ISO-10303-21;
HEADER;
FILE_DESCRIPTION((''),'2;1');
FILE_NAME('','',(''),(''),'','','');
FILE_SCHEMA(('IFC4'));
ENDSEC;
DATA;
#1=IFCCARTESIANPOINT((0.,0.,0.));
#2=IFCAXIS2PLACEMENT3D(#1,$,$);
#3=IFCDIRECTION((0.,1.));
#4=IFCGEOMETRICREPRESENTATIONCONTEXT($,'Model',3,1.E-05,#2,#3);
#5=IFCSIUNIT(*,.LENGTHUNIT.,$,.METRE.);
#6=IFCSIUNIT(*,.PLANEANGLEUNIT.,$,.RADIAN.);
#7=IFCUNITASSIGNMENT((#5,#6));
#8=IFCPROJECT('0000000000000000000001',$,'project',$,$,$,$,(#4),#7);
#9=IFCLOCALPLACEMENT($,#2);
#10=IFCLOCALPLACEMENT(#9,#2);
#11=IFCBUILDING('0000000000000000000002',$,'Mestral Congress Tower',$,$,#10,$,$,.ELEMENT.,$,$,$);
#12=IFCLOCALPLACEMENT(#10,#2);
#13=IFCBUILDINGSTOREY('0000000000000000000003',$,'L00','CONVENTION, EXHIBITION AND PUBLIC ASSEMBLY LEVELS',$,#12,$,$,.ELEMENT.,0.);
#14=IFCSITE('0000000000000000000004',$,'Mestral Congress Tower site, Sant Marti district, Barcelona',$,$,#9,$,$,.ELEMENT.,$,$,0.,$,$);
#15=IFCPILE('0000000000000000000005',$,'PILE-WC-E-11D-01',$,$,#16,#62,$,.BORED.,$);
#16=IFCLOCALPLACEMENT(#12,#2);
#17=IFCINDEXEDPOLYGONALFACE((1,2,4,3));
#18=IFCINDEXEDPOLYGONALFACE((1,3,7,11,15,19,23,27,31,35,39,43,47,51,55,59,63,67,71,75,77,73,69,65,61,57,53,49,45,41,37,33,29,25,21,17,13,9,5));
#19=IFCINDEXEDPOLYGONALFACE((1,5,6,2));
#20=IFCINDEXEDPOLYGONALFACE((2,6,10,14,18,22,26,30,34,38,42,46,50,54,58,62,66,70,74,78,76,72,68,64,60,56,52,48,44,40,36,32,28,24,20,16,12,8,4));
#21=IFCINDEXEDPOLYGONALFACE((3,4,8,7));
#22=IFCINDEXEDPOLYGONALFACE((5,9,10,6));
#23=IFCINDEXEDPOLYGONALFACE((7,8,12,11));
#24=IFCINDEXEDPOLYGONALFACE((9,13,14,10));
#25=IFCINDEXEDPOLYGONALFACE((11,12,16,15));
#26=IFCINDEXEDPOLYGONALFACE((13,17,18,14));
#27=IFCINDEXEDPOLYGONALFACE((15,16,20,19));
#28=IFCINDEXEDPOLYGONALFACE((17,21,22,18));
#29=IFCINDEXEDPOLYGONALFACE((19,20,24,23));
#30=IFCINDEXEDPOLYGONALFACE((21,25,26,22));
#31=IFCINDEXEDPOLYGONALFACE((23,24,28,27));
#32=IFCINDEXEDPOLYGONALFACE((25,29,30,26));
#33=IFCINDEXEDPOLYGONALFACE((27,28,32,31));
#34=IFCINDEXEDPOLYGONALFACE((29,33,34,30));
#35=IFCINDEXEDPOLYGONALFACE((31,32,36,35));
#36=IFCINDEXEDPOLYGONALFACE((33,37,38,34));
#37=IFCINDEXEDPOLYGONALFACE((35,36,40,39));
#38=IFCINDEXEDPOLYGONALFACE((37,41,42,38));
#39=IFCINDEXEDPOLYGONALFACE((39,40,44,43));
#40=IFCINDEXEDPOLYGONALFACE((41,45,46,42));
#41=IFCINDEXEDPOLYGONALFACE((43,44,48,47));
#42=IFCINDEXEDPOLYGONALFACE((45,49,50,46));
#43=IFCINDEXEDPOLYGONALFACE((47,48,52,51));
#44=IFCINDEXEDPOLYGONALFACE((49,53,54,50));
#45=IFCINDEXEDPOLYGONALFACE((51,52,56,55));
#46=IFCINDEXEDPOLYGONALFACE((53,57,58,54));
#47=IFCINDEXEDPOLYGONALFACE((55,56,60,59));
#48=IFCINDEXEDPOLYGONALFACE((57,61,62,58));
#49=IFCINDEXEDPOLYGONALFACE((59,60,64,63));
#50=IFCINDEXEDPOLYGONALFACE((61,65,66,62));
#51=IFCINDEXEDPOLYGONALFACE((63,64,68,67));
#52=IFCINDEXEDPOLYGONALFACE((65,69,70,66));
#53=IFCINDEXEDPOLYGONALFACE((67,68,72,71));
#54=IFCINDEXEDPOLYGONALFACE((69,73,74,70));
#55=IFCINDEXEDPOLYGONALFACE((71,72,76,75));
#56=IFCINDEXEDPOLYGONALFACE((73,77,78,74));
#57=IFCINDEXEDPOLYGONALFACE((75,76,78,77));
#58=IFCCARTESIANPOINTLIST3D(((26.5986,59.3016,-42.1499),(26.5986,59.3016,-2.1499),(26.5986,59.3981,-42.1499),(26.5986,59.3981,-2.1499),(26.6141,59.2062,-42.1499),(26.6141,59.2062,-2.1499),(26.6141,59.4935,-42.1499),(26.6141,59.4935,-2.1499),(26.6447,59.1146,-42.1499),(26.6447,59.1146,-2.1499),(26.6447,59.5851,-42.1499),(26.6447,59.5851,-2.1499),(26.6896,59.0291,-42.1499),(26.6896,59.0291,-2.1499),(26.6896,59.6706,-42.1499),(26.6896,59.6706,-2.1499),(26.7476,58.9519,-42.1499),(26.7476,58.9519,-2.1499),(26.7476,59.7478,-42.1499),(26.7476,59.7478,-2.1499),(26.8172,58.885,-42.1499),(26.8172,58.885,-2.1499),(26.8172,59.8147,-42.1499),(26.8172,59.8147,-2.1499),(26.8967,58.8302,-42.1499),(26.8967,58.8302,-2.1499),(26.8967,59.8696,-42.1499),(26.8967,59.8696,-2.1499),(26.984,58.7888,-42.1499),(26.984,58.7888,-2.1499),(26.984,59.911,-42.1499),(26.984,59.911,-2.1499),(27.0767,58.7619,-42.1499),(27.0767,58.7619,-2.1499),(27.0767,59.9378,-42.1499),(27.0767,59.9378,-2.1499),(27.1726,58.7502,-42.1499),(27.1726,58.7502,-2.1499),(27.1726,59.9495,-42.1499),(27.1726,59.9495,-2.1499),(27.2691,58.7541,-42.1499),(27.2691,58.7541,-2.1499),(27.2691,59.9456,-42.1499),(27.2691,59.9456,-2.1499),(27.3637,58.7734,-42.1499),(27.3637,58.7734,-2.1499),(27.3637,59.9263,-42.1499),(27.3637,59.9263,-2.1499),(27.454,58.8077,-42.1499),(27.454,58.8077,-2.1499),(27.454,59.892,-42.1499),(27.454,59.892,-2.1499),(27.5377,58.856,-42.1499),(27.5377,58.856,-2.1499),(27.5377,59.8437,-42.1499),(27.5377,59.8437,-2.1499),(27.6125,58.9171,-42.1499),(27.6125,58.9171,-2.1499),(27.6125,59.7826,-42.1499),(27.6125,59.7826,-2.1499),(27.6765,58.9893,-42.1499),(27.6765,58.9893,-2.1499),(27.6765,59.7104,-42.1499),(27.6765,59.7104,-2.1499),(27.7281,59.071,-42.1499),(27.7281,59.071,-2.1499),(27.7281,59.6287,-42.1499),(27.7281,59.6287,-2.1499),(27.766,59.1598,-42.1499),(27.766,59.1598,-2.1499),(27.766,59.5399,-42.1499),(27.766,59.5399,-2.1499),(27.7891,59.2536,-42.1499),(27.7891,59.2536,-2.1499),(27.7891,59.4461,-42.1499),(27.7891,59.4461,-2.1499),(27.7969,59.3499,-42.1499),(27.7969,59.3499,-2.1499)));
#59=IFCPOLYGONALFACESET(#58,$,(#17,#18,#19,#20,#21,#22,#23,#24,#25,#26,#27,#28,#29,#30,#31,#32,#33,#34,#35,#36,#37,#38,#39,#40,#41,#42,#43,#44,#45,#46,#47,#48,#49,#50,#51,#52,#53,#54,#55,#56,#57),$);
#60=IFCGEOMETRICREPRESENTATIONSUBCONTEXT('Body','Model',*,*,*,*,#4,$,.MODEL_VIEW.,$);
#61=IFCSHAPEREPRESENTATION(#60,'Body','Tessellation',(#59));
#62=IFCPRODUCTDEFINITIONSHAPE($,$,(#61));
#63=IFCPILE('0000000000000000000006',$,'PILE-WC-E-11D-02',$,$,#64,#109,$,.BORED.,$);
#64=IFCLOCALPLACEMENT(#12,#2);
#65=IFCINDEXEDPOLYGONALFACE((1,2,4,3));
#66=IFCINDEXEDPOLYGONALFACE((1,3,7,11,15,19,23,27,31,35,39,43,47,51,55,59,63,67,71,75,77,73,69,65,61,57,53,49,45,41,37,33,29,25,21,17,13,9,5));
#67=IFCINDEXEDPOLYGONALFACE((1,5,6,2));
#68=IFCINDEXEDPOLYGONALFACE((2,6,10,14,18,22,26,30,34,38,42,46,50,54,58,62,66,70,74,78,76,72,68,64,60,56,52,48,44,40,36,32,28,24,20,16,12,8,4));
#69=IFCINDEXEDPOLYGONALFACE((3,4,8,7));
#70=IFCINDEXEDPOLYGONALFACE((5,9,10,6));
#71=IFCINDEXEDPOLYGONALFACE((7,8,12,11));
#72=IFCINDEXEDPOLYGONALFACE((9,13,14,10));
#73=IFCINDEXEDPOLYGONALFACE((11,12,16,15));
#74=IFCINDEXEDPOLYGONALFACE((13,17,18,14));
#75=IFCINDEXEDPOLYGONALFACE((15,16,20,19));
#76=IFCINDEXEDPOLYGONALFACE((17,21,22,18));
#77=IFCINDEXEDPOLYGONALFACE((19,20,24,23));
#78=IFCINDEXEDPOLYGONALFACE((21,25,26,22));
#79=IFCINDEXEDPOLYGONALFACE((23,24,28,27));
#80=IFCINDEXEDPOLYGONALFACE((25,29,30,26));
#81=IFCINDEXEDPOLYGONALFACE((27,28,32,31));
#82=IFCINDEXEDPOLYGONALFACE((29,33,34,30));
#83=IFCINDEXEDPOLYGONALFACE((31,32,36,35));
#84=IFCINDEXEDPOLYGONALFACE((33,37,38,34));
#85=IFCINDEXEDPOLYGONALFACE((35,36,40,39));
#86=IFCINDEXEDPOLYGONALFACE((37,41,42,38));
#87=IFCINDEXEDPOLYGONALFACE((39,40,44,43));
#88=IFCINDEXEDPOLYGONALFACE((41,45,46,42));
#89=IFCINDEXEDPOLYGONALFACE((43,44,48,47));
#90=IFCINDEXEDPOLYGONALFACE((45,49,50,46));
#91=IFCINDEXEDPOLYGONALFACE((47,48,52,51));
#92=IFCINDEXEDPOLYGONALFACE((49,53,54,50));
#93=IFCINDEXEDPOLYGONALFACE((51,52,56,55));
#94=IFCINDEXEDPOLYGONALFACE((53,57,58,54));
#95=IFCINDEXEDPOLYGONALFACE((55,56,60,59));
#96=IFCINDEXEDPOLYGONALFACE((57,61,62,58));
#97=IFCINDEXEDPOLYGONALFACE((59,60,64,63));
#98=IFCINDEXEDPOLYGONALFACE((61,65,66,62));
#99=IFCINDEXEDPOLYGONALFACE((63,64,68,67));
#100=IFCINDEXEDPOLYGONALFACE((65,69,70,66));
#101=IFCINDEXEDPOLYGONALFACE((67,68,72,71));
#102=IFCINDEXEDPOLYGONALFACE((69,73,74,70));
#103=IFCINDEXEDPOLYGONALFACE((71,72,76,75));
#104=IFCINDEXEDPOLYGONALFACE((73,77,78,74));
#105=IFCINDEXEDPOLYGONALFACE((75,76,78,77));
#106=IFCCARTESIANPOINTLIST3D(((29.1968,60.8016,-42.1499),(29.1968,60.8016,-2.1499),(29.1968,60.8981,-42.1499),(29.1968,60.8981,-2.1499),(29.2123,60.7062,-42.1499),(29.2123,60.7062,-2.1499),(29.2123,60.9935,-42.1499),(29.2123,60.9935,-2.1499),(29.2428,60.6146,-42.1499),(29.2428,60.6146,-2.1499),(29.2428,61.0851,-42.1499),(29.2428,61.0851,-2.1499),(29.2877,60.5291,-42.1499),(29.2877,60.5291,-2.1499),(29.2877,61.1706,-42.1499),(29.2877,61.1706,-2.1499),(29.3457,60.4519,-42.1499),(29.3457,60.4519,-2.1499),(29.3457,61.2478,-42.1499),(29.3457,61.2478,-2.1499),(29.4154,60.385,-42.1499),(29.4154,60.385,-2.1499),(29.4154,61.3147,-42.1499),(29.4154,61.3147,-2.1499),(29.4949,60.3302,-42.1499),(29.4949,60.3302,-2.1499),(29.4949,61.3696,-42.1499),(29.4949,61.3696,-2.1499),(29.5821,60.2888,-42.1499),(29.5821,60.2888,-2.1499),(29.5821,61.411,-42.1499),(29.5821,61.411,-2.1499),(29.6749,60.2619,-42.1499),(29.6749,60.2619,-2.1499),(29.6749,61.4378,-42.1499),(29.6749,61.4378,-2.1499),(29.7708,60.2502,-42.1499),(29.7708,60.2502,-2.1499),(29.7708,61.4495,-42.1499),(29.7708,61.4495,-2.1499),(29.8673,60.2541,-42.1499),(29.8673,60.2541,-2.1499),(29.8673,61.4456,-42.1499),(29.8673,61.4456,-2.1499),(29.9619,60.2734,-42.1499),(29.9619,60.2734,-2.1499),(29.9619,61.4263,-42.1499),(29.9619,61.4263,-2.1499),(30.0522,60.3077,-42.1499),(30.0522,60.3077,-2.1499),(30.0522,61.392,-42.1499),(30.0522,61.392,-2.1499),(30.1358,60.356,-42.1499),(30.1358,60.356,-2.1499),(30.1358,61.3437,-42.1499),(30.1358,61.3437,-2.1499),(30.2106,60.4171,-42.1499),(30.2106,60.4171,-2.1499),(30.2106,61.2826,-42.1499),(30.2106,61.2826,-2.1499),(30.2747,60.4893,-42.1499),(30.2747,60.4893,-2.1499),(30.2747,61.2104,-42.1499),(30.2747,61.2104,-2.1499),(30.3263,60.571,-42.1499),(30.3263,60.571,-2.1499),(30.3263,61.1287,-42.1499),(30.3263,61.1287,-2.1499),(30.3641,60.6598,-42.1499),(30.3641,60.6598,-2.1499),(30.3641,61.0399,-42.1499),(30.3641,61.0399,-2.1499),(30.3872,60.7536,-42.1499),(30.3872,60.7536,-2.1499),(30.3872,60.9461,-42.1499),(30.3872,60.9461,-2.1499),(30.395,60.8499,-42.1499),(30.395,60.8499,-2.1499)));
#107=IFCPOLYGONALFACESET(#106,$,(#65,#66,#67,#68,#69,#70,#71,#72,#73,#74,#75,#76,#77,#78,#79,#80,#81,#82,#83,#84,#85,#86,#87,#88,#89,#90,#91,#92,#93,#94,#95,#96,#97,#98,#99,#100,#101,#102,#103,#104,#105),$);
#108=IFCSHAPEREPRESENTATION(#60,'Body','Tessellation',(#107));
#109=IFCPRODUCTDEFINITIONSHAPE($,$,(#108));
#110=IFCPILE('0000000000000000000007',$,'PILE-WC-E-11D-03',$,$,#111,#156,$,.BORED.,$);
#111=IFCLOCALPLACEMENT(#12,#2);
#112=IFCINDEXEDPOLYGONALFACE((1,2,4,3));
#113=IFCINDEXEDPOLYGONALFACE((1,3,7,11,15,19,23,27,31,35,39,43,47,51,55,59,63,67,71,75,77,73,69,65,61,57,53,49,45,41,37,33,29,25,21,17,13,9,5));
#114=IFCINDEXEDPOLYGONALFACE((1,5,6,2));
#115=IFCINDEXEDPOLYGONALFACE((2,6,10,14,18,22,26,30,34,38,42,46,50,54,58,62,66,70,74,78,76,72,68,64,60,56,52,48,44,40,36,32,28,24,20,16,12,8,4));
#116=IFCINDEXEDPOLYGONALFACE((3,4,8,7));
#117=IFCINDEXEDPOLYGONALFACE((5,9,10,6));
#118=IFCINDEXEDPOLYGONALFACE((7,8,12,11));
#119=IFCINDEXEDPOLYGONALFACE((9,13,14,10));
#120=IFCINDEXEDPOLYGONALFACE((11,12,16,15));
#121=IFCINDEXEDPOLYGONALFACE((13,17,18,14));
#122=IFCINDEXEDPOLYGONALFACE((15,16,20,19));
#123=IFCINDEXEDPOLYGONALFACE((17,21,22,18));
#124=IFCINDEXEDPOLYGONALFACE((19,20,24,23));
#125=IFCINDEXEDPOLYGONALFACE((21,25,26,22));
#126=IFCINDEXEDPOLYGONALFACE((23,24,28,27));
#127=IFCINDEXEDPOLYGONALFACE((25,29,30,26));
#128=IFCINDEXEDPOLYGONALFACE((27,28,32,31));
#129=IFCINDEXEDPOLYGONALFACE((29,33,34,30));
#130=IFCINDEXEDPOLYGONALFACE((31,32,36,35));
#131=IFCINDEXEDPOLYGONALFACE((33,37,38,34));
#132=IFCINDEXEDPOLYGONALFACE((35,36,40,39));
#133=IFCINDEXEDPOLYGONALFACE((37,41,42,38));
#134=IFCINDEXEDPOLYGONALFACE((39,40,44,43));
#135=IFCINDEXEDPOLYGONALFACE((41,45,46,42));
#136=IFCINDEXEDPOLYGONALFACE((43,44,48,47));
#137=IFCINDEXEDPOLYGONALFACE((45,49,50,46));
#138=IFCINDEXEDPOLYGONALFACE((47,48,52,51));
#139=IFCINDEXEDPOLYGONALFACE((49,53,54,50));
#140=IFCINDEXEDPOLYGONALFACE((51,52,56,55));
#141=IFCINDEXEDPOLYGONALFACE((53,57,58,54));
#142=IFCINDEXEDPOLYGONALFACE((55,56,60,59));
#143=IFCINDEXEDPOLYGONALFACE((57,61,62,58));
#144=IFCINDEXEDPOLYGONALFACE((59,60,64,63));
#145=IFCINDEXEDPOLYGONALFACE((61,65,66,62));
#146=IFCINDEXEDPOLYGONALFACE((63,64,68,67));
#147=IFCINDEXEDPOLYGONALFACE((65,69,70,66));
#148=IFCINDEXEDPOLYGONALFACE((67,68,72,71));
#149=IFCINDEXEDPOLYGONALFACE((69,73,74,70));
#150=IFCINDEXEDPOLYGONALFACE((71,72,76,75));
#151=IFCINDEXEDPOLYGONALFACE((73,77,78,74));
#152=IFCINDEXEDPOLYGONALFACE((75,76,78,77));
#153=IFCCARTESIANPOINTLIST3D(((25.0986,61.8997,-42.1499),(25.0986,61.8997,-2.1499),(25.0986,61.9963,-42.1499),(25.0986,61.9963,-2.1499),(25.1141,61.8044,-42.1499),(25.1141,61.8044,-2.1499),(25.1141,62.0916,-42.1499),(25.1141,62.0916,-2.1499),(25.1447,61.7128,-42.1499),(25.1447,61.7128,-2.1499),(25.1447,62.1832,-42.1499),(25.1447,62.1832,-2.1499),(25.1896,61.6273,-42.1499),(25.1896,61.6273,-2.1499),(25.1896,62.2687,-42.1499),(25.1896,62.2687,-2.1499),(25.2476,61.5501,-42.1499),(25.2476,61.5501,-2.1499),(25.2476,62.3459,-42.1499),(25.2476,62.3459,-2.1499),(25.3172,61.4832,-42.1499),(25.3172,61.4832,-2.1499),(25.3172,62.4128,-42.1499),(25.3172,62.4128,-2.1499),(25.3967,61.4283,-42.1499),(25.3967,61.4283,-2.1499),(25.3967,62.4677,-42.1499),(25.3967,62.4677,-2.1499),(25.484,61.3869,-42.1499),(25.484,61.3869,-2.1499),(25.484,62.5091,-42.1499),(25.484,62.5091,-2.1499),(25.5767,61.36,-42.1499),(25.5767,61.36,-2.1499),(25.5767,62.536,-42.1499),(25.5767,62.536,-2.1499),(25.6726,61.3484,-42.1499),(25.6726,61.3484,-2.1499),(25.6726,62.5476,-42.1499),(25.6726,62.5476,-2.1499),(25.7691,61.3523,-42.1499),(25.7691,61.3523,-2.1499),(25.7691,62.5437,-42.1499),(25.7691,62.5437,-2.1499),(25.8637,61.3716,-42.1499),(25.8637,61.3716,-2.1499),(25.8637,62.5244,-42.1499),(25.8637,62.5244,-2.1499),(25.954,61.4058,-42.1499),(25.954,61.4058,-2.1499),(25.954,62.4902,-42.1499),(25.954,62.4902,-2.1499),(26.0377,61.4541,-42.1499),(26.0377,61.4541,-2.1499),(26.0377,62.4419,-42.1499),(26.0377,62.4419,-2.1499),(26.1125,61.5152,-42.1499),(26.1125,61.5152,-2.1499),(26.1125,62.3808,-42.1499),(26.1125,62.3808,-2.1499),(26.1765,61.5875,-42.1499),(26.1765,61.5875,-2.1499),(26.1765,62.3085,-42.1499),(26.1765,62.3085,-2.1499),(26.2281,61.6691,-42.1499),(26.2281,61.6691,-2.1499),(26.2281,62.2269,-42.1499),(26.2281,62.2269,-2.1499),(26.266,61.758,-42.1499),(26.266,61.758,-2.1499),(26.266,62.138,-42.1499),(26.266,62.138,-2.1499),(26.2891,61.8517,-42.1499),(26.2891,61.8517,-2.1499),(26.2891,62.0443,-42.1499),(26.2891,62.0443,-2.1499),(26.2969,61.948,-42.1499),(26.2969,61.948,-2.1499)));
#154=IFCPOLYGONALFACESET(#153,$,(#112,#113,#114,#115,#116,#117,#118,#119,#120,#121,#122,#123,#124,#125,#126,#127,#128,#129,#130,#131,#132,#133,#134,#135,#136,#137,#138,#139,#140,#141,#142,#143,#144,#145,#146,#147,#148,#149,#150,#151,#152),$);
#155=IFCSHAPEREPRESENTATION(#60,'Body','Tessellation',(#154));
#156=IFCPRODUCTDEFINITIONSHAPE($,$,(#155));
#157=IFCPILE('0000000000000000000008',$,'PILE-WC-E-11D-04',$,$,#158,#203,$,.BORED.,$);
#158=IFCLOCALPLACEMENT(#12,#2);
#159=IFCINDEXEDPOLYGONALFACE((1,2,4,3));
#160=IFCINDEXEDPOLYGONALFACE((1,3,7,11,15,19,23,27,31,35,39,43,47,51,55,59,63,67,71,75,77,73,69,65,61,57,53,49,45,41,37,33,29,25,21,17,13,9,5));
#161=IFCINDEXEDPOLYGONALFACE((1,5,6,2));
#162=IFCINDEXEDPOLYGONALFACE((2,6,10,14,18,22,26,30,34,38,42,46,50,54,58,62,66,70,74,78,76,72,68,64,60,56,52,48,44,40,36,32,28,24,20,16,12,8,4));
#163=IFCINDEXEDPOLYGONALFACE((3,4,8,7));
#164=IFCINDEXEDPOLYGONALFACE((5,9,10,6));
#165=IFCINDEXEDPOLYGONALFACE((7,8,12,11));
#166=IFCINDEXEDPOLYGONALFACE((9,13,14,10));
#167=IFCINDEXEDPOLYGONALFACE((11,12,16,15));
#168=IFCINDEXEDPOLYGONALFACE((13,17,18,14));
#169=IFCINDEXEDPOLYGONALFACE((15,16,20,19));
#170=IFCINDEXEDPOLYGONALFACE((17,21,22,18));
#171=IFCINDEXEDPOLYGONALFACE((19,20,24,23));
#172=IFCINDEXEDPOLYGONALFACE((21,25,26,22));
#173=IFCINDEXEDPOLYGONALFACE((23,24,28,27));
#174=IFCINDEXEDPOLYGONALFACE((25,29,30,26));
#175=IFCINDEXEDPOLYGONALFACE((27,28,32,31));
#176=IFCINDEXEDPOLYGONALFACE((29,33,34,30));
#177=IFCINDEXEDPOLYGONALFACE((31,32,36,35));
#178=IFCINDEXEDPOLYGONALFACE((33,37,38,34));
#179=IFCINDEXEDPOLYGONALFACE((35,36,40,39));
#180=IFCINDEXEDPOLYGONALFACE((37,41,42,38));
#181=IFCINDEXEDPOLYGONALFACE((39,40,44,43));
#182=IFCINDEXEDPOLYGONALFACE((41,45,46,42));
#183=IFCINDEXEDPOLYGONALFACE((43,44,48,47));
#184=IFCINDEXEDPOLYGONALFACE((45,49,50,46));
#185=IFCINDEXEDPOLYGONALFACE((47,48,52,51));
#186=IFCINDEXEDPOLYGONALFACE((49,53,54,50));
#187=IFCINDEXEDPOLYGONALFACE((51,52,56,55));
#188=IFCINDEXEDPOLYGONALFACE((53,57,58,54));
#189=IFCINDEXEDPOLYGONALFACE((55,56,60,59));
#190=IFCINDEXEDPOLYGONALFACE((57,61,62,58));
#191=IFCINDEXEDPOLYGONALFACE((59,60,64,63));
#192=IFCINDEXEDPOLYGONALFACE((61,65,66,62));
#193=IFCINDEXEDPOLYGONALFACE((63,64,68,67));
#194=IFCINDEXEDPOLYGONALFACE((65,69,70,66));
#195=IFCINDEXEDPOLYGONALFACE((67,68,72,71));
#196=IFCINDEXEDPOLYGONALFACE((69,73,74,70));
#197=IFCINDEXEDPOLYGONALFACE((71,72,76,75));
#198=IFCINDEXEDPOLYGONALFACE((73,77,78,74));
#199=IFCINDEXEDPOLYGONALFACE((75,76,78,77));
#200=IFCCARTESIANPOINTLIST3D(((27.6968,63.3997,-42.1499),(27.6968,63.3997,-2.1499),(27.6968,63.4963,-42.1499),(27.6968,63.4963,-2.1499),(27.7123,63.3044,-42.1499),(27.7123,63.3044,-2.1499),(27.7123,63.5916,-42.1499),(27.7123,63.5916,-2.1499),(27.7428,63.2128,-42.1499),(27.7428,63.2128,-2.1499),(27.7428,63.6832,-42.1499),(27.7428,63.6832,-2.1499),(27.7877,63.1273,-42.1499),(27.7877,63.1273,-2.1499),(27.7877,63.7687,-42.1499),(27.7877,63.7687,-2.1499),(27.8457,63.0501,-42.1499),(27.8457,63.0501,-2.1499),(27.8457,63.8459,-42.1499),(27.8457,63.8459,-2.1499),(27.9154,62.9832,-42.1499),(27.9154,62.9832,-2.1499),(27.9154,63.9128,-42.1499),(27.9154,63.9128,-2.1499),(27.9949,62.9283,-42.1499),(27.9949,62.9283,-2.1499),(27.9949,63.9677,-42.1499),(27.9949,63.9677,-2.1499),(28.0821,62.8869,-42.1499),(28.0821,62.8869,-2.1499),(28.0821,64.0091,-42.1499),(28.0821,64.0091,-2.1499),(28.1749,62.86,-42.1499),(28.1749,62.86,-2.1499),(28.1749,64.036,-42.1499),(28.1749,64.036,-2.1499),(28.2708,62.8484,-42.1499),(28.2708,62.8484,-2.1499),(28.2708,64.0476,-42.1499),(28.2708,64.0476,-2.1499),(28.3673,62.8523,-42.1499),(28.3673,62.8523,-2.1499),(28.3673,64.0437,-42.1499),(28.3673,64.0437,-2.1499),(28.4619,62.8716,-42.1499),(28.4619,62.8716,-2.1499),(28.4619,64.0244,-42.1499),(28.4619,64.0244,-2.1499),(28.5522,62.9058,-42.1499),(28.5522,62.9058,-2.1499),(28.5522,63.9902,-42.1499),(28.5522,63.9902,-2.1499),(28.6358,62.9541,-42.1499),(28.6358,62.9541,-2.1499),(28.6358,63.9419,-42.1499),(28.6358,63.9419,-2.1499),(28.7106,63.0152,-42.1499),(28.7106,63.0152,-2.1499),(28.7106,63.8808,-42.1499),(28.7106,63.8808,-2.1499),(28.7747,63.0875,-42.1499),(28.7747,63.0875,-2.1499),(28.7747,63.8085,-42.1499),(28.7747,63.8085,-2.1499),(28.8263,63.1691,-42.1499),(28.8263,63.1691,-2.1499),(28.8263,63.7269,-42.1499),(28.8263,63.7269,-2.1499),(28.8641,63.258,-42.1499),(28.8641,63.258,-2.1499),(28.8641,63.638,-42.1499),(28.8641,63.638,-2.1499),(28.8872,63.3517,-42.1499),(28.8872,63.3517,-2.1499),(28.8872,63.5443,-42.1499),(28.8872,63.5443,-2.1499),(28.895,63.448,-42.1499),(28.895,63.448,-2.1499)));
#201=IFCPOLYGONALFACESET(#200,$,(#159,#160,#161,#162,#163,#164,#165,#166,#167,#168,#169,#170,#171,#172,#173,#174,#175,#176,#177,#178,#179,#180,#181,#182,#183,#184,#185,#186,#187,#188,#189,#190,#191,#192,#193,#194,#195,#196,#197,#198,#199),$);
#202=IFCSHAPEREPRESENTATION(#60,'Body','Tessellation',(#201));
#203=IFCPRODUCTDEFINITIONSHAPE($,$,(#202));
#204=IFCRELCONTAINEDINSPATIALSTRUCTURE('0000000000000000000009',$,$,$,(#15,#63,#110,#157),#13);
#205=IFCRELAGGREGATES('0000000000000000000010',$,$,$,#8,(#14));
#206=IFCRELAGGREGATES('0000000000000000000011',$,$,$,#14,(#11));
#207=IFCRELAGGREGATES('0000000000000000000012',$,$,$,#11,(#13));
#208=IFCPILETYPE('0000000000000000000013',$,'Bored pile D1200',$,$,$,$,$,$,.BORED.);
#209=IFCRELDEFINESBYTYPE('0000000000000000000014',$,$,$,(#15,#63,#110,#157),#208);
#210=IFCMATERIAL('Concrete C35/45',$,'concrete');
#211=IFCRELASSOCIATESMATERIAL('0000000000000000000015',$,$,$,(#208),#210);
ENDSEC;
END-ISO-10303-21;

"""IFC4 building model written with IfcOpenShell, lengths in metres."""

from ifc_helpers import new_model, si_unit, direction, frame, origin, origin_2d, place, context, subcontext, project, spatial, circle, extrude, material, material_profile, profile_set, type_object, element, save


model = new_model("IFC4")

# Units and contexts
model_context = context("Model", 3, precision=1e-05, world=origin(), true_north=direction((0.0, 1.0)))
body_context = subcontext(model_context, "Body", "Model", "MODEL_VIEW")
ifc_project = project(units=[si_unit("LENGTHUNIT", "METRE"), si_unit("PLANEANGLEUNIT", "RADIAN")], contexts=[model_context])

# Site, building, storey
site_placement = place(None, origin())
site = spatial("IfcSite", under=ifc_project, at=site_placement, Name="Mestral Congress Tower site, Sant Marti district, Barcelona", CompositionType="ELEMENT", RefElevation=0.0)
building_placement = place(site_placement, origin())
building = spatial("IfcBuilding", under=site, at=building_placement, Name="Mestral Congress Tower", CompositionType="ELEMENT")
storey_placement = place(building_placement, origin())
storey = spatial("IfcBuildingStorey", under=building, at=storey_placement, Name="L00", Description="CONVENTION, EXHIBITION AND PUBLIC ASSEMBLY LEVELS", CompositionType="ELEMENT", Elevation=0.0)

# Piles
ifc_material_1 = material(Name="Concrete C35/45", Category="concrete")
ifc_material_profile_1 = material_profile(ifc_material_1, circle(Radius=0.6001, at=origin_2d()), Name="D1200")
ifc_profile_set_1 = profile_set([ifc_material_profile_1], Name="Concrete C35/45")
pile_type = type_object("IfcPileType", Name="Bored pile D1200", PredefinedType="BORED", material=ifc_profile_set_1)
for number, where, z_axis, x_axis, name in (
    (1, (27.1968, 59.3499, -2.1499), (0.0, 0.0, -1.0), (1.0, 0.0, 0.0), "PILE-WC-E-11D-01"),
    (2, (29.7949, 60.8499, -2.1499), (0.0, 0.0, -1.0), (1.0, 0.0, 0.0), "PILE-WC-E-11D-02"),
    (3, (25.6968, 61.948, -2.1499), (0.0, 0.0, -1.0), (1.0, 0.0, 0.0), "PILE-WC-E-11D-03"),
    (4, (28.2949, 63.448, -2.1499), (0.0, 0.0, -1.0), (1.0, 0.0, 0.0), "PILE-WC-E-11D-04"),
):
    element("IfcPile", number, at=place(storey_placement, frame(where, z_axis=z_axis, x_axis=x_axis)), inside=storey, type_object=pile_type, Name=name, PredefinedType="BORED", context=body_context, shape_type="SweptSolid", body=[
        extrude(circle(Radius=0.6001, at=origin_2d()), origin(), (0.0, 0.0, 1.0), 40.0),
    ])

save(model, "model.ifc")
